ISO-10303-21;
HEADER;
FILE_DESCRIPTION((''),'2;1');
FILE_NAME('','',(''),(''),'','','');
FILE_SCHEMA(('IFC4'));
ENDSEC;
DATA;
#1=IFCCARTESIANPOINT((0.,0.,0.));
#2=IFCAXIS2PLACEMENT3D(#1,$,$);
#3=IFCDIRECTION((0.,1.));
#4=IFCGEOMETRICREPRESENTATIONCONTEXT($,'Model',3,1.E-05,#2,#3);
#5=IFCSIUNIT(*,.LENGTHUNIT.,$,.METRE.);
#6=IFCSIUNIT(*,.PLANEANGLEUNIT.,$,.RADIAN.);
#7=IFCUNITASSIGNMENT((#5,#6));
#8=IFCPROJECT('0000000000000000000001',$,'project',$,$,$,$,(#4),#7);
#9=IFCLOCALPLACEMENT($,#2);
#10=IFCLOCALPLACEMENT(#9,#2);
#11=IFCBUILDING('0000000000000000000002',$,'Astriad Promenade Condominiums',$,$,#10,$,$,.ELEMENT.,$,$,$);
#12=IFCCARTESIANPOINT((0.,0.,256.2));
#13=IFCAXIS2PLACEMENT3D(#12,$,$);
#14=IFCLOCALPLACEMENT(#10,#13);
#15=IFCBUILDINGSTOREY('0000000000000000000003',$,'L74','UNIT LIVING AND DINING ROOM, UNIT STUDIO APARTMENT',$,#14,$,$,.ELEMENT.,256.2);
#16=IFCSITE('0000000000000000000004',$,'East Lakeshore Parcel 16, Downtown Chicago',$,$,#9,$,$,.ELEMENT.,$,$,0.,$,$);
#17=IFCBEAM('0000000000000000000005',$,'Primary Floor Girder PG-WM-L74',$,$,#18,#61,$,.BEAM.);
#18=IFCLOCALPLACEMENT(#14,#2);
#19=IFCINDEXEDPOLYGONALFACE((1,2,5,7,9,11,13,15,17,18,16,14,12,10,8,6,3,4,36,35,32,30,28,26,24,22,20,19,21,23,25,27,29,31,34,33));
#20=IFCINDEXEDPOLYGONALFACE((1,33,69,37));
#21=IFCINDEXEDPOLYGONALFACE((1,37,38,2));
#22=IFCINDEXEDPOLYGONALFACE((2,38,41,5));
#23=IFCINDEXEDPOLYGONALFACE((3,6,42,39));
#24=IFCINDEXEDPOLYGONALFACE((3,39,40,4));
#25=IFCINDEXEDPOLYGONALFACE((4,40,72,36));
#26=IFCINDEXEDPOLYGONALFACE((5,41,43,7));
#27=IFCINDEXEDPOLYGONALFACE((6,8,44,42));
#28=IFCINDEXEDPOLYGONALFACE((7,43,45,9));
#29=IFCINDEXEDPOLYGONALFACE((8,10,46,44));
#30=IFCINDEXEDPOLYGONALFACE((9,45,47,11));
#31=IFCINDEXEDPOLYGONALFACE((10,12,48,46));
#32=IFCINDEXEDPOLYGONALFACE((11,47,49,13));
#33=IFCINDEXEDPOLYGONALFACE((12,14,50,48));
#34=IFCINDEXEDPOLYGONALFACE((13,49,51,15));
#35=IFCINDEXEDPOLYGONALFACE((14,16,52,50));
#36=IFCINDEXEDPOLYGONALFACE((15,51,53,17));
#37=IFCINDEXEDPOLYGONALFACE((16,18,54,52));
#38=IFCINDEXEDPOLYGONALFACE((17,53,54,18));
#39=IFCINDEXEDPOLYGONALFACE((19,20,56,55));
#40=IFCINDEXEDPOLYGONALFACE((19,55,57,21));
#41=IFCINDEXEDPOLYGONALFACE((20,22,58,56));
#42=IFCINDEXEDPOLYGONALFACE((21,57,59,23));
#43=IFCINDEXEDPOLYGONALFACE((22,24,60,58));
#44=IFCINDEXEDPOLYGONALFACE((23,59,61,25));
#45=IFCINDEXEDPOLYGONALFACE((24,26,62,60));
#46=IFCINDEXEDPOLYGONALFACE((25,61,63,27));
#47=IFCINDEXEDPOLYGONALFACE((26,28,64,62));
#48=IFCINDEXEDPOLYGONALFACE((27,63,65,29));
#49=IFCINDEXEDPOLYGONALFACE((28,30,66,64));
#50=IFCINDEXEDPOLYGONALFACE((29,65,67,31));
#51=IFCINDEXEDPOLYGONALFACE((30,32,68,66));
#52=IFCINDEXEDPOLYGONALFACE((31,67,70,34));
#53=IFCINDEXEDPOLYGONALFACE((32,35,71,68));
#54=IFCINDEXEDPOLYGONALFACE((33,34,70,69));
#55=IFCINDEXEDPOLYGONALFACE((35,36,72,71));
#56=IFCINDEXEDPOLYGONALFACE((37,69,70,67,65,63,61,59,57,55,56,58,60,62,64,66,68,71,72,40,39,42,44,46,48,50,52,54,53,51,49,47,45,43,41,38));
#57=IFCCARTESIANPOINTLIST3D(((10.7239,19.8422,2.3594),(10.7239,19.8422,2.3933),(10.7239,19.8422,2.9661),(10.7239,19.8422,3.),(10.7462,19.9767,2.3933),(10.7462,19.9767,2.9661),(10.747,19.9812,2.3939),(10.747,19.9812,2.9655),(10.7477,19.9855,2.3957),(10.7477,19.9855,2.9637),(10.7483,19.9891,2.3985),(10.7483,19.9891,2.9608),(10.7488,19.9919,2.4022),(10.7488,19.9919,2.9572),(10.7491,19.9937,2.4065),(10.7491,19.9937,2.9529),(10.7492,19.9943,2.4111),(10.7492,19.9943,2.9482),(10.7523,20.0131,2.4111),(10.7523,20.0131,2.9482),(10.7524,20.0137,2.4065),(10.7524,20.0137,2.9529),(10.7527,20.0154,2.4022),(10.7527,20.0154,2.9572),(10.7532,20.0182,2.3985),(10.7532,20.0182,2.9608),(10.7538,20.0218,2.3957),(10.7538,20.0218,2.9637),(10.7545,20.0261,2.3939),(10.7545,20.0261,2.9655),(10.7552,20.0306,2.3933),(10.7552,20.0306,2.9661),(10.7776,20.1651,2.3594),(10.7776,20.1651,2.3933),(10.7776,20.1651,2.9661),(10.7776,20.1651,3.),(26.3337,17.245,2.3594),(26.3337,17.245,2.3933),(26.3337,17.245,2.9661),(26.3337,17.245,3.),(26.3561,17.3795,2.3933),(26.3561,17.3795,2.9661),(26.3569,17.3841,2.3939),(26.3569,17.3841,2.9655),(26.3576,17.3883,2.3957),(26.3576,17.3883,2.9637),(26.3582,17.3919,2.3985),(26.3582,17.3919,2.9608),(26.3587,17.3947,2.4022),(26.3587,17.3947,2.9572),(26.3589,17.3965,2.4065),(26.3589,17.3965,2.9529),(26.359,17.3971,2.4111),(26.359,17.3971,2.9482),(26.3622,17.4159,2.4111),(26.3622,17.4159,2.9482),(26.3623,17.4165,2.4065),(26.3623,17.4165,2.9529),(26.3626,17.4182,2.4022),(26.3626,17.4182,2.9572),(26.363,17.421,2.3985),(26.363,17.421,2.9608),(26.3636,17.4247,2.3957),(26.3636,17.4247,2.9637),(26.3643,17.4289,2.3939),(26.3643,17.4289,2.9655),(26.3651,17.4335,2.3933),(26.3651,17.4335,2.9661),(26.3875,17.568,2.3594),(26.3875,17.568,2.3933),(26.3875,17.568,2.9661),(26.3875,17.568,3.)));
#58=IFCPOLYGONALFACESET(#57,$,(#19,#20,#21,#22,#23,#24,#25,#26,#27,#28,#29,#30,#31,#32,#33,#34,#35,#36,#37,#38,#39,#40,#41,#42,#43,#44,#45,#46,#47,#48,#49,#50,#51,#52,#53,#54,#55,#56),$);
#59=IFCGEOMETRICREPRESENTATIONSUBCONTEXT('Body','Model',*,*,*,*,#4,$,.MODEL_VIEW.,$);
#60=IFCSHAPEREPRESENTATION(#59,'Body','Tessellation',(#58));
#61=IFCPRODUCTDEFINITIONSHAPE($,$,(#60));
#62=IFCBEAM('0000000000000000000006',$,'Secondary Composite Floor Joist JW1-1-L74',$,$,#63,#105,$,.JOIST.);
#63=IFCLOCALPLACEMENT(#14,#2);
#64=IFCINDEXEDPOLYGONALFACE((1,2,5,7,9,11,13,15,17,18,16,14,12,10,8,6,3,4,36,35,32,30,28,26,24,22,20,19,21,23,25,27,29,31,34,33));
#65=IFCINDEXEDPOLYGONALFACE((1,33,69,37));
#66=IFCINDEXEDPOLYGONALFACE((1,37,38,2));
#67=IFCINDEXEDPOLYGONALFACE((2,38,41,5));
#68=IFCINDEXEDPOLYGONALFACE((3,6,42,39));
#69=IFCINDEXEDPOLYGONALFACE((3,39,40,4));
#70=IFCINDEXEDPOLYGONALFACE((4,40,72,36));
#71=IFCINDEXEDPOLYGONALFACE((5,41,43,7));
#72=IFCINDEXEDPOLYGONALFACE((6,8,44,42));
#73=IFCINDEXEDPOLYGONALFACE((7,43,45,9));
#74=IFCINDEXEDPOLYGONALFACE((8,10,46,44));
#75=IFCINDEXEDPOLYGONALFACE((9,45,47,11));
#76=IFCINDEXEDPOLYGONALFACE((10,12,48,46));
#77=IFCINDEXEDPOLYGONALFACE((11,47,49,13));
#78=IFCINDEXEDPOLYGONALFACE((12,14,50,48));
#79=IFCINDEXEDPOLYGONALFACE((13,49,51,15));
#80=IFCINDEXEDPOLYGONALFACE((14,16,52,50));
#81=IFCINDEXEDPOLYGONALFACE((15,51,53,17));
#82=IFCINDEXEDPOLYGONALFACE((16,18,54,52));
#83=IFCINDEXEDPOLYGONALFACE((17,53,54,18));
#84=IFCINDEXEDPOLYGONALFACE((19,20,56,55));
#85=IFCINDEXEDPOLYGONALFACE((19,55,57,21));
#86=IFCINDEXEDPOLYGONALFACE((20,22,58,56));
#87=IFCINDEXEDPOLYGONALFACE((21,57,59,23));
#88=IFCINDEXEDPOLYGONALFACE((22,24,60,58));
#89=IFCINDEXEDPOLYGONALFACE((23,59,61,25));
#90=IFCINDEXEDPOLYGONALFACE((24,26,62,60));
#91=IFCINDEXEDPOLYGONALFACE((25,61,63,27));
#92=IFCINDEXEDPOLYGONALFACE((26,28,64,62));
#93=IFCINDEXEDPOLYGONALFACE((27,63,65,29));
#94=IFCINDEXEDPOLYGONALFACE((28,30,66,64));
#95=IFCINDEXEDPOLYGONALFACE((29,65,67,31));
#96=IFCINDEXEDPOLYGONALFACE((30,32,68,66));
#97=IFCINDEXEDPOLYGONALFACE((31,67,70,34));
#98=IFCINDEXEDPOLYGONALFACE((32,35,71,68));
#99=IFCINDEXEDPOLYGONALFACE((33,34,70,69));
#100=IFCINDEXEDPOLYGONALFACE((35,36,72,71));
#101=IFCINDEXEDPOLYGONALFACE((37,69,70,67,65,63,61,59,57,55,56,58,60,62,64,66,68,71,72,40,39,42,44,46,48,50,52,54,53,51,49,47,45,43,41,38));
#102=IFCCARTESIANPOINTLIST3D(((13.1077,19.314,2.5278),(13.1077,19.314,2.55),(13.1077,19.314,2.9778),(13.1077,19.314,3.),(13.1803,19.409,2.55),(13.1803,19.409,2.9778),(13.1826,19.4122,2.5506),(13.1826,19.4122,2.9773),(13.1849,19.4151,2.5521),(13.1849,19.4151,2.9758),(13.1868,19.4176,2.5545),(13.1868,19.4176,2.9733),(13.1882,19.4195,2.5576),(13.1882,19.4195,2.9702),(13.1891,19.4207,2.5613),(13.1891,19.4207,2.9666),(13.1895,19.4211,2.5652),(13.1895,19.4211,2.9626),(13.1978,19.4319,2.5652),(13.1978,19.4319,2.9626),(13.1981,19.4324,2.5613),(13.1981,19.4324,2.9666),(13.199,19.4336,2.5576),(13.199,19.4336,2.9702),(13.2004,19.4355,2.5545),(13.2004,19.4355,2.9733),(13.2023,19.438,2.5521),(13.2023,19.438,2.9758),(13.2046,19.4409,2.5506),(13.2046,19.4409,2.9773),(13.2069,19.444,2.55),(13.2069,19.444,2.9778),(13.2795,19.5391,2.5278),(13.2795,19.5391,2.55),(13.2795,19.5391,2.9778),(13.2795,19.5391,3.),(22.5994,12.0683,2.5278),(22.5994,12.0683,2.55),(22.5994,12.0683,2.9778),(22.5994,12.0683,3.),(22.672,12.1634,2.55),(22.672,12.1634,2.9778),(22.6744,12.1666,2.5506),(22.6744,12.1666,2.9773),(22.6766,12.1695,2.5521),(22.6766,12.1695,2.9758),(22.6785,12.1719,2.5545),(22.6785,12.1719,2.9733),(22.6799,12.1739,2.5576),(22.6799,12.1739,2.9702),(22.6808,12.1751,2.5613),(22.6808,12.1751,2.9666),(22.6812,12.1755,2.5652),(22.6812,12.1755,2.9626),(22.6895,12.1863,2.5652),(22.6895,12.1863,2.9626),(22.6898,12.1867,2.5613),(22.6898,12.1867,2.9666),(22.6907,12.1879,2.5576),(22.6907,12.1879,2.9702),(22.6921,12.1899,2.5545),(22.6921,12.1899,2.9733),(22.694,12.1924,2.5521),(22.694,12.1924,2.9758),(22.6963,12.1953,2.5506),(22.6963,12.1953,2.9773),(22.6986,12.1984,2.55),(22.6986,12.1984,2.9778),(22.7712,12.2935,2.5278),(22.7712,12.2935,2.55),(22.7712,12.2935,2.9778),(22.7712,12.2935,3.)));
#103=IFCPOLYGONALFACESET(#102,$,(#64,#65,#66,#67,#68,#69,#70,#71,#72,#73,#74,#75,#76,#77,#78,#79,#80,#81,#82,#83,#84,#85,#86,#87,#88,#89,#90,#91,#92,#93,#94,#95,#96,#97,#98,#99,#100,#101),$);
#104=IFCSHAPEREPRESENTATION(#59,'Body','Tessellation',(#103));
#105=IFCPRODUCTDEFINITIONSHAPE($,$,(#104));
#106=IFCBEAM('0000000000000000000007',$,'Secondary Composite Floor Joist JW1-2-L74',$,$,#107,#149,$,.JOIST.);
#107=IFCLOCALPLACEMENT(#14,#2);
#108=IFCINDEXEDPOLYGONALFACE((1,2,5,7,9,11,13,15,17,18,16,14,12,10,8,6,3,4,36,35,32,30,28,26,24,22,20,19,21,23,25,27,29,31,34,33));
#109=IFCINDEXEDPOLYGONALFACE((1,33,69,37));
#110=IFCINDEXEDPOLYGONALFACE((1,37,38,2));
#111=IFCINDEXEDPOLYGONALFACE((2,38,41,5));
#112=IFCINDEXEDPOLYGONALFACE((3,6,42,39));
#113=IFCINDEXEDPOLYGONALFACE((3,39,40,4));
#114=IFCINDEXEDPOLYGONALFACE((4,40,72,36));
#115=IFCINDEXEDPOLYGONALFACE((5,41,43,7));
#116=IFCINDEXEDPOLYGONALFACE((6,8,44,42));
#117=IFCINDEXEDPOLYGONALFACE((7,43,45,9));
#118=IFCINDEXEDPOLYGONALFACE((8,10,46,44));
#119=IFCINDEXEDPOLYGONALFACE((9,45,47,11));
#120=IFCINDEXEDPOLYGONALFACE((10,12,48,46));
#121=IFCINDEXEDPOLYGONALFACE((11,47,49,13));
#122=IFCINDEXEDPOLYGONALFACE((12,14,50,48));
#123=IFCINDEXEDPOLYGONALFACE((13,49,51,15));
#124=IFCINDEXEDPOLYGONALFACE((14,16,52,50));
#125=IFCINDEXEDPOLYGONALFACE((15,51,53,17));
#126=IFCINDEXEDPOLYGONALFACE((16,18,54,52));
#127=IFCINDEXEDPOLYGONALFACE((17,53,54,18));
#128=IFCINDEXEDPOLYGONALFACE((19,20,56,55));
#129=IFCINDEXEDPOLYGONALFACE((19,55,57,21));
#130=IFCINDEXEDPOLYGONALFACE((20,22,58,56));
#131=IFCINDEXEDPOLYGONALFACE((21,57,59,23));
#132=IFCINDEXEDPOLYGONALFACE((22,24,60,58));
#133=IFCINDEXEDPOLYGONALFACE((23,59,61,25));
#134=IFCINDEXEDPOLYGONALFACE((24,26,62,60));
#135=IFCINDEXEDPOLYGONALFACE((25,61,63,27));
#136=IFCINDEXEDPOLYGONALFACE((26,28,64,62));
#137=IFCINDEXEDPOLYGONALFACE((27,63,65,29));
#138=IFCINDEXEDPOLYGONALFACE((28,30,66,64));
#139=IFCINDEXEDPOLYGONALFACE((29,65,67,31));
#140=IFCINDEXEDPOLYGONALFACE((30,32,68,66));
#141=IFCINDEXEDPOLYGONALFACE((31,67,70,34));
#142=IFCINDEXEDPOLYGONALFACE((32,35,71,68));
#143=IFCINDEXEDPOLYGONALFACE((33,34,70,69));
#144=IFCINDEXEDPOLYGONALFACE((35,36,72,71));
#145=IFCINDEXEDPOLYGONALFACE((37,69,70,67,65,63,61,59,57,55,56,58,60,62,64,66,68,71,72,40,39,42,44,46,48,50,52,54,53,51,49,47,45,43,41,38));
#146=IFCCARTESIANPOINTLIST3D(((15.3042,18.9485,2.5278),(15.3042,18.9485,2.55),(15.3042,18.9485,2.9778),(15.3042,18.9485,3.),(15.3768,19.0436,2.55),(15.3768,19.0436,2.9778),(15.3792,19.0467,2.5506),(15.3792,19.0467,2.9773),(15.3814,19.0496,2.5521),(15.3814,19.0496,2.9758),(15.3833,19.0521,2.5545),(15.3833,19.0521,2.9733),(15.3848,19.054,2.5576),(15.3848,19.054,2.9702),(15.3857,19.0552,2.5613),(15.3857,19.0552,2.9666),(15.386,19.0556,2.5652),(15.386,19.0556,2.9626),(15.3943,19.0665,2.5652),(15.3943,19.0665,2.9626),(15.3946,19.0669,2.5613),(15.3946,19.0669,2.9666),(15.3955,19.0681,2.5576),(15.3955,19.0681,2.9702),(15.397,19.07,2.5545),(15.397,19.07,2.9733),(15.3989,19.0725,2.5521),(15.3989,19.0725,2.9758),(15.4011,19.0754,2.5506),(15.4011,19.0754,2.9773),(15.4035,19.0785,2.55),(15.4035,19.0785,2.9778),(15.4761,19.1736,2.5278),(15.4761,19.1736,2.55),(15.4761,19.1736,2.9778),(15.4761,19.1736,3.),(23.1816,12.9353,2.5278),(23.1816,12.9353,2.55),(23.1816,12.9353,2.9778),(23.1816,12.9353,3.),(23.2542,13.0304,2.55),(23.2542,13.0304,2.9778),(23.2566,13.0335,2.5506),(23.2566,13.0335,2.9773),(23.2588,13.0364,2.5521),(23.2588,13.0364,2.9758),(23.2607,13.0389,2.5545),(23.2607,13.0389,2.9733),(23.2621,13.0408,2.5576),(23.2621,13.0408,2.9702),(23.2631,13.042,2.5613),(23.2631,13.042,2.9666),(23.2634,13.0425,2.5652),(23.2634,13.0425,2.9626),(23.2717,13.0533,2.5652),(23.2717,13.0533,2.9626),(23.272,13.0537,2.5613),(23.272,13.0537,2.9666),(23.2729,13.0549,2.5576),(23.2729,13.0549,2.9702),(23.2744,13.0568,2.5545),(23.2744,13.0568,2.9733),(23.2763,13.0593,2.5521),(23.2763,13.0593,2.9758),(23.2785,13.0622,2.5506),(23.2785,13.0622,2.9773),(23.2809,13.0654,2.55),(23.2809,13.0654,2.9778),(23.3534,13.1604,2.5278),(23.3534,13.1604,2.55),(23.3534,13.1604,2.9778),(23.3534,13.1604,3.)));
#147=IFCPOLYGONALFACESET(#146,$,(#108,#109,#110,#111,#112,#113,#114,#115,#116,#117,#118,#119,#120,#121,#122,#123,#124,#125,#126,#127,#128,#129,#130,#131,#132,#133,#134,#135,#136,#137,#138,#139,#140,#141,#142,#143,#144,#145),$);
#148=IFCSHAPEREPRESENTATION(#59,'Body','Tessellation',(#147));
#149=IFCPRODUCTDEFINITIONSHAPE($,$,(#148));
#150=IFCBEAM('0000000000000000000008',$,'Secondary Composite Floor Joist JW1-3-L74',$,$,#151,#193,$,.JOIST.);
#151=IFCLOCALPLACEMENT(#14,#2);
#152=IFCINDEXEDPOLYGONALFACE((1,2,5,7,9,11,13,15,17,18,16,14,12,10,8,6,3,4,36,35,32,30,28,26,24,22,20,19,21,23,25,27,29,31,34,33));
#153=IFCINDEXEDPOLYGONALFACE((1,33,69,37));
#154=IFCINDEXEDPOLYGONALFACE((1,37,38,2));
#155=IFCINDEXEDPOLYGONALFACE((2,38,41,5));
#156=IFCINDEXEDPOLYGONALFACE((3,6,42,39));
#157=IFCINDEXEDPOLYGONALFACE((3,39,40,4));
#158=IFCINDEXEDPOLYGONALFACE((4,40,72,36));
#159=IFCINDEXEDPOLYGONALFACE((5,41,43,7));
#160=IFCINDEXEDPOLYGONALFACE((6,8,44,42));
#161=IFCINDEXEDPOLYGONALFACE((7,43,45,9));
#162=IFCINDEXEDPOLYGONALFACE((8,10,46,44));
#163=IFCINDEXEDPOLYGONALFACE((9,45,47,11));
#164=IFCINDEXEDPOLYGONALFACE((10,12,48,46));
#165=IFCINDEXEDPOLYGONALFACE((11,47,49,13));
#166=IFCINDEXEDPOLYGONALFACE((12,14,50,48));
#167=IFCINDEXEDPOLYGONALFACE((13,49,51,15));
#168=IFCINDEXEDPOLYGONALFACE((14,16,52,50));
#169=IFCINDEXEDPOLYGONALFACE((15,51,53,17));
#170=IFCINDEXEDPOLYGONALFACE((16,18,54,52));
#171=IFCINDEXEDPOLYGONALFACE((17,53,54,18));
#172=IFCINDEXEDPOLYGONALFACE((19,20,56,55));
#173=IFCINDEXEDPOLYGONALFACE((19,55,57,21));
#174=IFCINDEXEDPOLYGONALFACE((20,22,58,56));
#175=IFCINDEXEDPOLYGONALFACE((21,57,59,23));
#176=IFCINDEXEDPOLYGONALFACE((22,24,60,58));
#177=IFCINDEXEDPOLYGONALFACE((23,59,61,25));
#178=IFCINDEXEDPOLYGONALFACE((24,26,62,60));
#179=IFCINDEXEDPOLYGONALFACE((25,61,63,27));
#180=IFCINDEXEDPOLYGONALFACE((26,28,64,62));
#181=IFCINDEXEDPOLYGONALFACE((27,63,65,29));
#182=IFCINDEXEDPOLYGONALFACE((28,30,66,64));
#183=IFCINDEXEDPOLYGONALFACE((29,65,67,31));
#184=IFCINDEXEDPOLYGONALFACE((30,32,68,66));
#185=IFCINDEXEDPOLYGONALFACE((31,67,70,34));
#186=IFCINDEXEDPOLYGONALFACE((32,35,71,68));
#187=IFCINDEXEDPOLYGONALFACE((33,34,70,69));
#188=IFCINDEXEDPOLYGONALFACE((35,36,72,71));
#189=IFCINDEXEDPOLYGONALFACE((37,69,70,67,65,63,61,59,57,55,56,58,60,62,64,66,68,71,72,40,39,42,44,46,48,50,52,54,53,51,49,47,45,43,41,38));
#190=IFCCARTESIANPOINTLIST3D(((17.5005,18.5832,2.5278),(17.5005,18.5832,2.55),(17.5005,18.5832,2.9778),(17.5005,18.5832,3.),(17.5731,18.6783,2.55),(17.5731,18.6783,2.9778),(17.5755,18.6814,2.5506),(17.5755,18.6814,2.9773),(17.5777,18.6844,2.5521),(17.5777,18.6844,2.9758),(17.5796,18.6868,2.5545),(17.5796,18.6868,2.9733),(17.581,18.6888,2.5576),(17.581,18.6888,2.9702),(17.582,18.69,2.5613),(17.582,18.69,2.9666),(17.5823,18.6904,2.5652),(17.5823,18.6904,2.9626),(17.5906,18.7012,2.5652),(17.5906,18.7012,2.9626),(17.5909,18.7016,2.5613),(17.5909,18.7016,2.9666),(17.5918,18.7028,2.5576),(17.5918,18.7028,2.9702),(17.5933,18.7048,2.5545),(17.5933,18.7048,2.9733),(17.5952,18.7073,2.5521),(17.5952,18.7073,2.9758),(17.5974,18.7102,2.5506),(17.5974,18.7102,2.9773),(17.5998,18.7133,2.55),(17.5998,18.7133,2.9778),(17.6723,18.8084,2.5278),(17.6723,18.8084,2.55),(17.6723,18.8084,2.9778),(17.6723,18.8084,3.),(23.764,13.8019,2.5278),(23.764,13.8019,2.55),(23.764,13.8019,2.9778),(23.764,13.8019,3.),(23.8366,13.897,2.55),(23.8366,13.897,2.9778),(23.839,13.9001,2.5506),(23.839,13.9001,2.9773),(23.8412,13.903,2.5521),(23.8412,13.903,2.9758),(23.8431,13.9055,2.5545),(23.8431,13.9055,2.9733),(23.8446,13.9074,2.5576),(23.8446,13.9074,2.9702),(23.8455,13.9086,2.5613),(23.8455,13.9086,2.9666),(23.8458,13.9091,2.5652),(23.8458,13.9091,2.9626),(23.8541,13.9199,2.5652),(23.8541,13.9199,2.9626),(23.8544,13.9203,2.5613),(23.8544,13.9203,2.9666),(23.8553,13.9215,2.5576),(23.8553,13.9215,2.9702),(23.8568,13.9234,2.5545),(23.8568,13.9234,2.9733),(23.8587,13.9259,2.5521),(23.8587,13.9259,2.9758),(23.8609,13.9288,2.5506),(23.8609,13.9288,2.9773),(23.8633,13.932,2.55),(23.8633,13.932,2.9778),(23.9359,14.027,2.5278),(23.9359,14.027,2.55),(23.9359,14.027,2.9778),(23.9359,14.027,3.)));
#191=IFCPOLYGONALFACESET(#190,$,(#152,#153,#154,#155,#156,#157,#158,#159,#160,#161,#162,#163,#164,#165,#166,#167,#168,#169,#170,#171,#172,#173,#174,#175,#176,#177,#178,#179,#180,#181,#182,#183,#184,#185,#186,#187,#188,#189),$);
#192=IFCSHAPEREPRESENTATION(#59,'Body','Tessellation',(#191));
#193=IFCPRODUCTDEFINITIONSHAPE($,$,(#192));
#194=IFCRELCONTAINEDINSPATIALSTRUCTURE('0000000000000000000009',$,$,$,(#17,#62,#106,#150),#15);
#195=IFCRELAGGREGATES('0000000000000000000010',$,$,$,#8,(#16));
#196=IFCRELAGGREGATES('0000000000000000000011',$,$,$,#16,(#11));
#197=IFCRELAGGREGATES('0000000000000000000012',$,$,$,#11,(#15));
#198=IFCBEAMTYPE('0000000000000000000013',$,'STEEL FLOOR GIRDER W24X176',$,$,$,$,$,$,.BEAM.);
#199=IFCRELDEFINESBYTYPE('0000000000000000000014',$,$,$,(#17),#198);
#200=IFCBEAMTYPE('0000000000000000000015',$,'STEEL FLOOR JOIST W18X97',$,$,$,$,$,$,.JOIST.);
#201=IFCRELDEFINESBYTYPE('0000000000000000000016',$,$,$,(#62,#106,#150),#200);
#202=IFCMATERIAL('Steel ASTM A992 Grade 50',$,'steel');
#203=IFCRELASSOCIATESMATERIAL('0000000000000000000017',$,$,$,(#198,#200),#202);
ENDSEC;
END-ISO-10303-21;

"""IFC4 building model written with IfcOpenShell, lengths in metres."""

from ifc_helpers import new_model, si_unit, direction, frame, origin, origin_2d, place, context, subcontext, project, spatial, i_section, extrude, source, transform, mapped, material, material_profile, profile_set, type_object, type_shapes, element, save


model = new_model("IFC4")

# Units and contexts
model_context = context("Model", 3, precision=1e-05, world=origin(), true_north=direction((0.0, 1.0)))
body_context = subcontext(model_context, "Body", "Model", "MODEL_VIEW")
ifc_project = project(units=[si_unit("LENGTHUNIT", "METRE"), si_unit("PLANEANGLEUNIT", "RADIAN")], contexts=[model_context])

# Site, building, storey
site_placement = place(None, origin())
site = spatial("IfcSite", under=ifc_project, at=site_placement, Name="East Lakeshore Parcel 16, Downtown Chicago", CompositionType="ELEMENT", RefElevation=0.0)
building_placement = place(site_placement, origin())
building = spatial("IfcBuilding", under=site, at=building_placement, Name="Astriad Promenade Condominiums", CompositionType="ELEMENT")
storey_placement = place(building_placement, frame((0.0, 0.0, 256.2)))
storey = spatial("IfcBuildingStorey", under=building, at=storey_placement, Name="L74", Description="UNIT LIVING AND DINING ROOM, UNIT STUDIO APARTMENT", CompositionType="ELEMENT", Elevation=256.2)

# Beams
ifc_material_1 = material(Name="Steel ASTM A992 Grade 50", Category="steel")
ifc_material_profile_1 = material_profile(ifc_material_1, i_section(OverallWidth=0.3274, OverallDepth=0.6406, WebThickness=0.019, FlangeThickness=0.0339, FilletRadius=0.0178, at=origin_2d()), Name="W24X176")
ifc_profile_set_1 = profile_set([ifc_material_profile_1], Name="Steel ASTM A992 Grade 50")
beam_type_1 = type_object("IfcBeamType", Name="STEEL FLOOR GIRDER W24X176", PredefinedType="BEAM", material=ifc_profile_set_1)
shared_shape_1 = source(origin(), body_context, "Body", "SweptSolid", [
    extrude(i_section(OverallWidth=0.3274, OverallDepth=0.6406, WebThickness=0.019, FlangeThickness=0.0339, FilletRadius=0.0178, at=origin_2d()), origin(), (0.0, 0.0, 1.0), 15.8245),
])
type_shapes(beam_type_1, [shared_shape_1])
beam_1_placement = place(storey_placement, frame((10.7507, 20.0037, 2.6797), z_axis=(0.98644, -0.164124, 0.0), x_axis=(0.164124, 0.98644, 0.0)))
element("IfcBeam", 1, at=beam_1_placement, inside=storey, type_object=beam_type_1, Name="Primary Floor Girder PG-WM-L74", PredefinedType="BEAM", context=body_context, shape_type="MappedRepresentation", body=[
    mapped(shared_shape_1, transform((0.0, 0.0, 0.0), scale=1.0)),
])
ifc_material_profile_2 = material_profile(ifc_material_1, i_section(OverallWidth=0.2832, OverallDepth=0.4722, WebThickness=0.0137, FlangeThickness=0.0222, FilletRadius=0.0151, at=origin_2d()), Name="W18X97")
ifc_profile_set_2 = profile_set([ifc_material_profile_2], Name="Steel ASTM A992 Grade 50")
beam_type_2 = type_object("IfcBeamType", Name="STEEL FLOOR JOIST W18X97", PredefinedType="JOIST", material=ifc_profile_set_2)
shared_shape_2 = source(origin(), body_context, "Body", "SweptSolid", [
    extrude(i_section(OverallWidth=0.2832, OverallDepth=0.4722, WebThickness=0.0137, FlangeThickness=0.0222, FilletRadius=0.0151, at=origin_2d()), origin(), (0.0, 0.0, 1.0), 11.9412),
])
beam_2_placement = place(storey_placement, frame((13.1936, 19.4265, 2.7639), z_axis=(0.794873, -0.606776, 0.0), x_axis=(0.606776, 0.794873, 0.0)))
element("IfcBeam", 2, at=beam_2_placement, inside=storey, type_object=beam_type_2, Name="Secondary Composite Floor Joist JW1-1-L74", PredefinedType="JOIST", context=body_context, shape_type="MappedRepresentation", body=[
    mapped(shared_shape_2, transform((0.0, 0.0, 0.0), scale=1.0)),
])
shared_shape_3 = source(origin(), body_context, "Body", "SweptSolid", [
    extrude(i_section(OverallWidth=0.2832, OverallDepth=0.4722, WebThickness=0.0137, FlangeThickness=0.0222, FilletRadius=0.0151, at=origin_2d()), origin(), (0.0, 0.0, 1.0), 9.9102),
])
beam_3_placement = place(storey_placement, frame((15.3901, 19.061, 2.7639), z_axis=(0.794881, -0.606766, 0.0), x_axis=(0.606766, 0.794881, 0.0)))
element("IfcBeam", 3, at=beam_3_placement, inside=storey, type_object=beam_type_2, Name="Secondary Composite Floor Joist JW1-2-L74", PredefinedType="JOIST", context=body_context, shape_type="MappedRepresentation", body=[
    mapped(shared_shape_3, transform((0.0, 0.0, 0.0), scale=1.0)),
])
shared_shape_4 = source(origin(), body_context, "Body", "SweptSolid", [
    extrude(i_section(OverallWidth=0.2832, OverallDepth=0.4722, WebThickness=0.0137, FlangeThickness=0.0222, FilletRadius=0.0151, at=origin_2d()), origin(), (0.0, 0.0, 1.0), 7.8799),
])
beam_4_placement = place(storey_placement, frame((17.5864, 18.6958, 2.7639), z_axis=(0.794874, -0.606775, 0.0), x_axis=(0.606775, 0.794874, 0.0)))
element("IfcBeam", 4, at=beam_4_placement, inside=storey, type_object=beam_type_2, Name="Secondary Composite Floor Joist JW1-3-L74", PredefinedType="JOIST", context=body_context, shape_type="MappedRepresentation", body=[
    mapped(shared_shape_4, transform((0.0, 0.0, 0.0), scale=1.0)),
])

save(model, "model.ifc")
